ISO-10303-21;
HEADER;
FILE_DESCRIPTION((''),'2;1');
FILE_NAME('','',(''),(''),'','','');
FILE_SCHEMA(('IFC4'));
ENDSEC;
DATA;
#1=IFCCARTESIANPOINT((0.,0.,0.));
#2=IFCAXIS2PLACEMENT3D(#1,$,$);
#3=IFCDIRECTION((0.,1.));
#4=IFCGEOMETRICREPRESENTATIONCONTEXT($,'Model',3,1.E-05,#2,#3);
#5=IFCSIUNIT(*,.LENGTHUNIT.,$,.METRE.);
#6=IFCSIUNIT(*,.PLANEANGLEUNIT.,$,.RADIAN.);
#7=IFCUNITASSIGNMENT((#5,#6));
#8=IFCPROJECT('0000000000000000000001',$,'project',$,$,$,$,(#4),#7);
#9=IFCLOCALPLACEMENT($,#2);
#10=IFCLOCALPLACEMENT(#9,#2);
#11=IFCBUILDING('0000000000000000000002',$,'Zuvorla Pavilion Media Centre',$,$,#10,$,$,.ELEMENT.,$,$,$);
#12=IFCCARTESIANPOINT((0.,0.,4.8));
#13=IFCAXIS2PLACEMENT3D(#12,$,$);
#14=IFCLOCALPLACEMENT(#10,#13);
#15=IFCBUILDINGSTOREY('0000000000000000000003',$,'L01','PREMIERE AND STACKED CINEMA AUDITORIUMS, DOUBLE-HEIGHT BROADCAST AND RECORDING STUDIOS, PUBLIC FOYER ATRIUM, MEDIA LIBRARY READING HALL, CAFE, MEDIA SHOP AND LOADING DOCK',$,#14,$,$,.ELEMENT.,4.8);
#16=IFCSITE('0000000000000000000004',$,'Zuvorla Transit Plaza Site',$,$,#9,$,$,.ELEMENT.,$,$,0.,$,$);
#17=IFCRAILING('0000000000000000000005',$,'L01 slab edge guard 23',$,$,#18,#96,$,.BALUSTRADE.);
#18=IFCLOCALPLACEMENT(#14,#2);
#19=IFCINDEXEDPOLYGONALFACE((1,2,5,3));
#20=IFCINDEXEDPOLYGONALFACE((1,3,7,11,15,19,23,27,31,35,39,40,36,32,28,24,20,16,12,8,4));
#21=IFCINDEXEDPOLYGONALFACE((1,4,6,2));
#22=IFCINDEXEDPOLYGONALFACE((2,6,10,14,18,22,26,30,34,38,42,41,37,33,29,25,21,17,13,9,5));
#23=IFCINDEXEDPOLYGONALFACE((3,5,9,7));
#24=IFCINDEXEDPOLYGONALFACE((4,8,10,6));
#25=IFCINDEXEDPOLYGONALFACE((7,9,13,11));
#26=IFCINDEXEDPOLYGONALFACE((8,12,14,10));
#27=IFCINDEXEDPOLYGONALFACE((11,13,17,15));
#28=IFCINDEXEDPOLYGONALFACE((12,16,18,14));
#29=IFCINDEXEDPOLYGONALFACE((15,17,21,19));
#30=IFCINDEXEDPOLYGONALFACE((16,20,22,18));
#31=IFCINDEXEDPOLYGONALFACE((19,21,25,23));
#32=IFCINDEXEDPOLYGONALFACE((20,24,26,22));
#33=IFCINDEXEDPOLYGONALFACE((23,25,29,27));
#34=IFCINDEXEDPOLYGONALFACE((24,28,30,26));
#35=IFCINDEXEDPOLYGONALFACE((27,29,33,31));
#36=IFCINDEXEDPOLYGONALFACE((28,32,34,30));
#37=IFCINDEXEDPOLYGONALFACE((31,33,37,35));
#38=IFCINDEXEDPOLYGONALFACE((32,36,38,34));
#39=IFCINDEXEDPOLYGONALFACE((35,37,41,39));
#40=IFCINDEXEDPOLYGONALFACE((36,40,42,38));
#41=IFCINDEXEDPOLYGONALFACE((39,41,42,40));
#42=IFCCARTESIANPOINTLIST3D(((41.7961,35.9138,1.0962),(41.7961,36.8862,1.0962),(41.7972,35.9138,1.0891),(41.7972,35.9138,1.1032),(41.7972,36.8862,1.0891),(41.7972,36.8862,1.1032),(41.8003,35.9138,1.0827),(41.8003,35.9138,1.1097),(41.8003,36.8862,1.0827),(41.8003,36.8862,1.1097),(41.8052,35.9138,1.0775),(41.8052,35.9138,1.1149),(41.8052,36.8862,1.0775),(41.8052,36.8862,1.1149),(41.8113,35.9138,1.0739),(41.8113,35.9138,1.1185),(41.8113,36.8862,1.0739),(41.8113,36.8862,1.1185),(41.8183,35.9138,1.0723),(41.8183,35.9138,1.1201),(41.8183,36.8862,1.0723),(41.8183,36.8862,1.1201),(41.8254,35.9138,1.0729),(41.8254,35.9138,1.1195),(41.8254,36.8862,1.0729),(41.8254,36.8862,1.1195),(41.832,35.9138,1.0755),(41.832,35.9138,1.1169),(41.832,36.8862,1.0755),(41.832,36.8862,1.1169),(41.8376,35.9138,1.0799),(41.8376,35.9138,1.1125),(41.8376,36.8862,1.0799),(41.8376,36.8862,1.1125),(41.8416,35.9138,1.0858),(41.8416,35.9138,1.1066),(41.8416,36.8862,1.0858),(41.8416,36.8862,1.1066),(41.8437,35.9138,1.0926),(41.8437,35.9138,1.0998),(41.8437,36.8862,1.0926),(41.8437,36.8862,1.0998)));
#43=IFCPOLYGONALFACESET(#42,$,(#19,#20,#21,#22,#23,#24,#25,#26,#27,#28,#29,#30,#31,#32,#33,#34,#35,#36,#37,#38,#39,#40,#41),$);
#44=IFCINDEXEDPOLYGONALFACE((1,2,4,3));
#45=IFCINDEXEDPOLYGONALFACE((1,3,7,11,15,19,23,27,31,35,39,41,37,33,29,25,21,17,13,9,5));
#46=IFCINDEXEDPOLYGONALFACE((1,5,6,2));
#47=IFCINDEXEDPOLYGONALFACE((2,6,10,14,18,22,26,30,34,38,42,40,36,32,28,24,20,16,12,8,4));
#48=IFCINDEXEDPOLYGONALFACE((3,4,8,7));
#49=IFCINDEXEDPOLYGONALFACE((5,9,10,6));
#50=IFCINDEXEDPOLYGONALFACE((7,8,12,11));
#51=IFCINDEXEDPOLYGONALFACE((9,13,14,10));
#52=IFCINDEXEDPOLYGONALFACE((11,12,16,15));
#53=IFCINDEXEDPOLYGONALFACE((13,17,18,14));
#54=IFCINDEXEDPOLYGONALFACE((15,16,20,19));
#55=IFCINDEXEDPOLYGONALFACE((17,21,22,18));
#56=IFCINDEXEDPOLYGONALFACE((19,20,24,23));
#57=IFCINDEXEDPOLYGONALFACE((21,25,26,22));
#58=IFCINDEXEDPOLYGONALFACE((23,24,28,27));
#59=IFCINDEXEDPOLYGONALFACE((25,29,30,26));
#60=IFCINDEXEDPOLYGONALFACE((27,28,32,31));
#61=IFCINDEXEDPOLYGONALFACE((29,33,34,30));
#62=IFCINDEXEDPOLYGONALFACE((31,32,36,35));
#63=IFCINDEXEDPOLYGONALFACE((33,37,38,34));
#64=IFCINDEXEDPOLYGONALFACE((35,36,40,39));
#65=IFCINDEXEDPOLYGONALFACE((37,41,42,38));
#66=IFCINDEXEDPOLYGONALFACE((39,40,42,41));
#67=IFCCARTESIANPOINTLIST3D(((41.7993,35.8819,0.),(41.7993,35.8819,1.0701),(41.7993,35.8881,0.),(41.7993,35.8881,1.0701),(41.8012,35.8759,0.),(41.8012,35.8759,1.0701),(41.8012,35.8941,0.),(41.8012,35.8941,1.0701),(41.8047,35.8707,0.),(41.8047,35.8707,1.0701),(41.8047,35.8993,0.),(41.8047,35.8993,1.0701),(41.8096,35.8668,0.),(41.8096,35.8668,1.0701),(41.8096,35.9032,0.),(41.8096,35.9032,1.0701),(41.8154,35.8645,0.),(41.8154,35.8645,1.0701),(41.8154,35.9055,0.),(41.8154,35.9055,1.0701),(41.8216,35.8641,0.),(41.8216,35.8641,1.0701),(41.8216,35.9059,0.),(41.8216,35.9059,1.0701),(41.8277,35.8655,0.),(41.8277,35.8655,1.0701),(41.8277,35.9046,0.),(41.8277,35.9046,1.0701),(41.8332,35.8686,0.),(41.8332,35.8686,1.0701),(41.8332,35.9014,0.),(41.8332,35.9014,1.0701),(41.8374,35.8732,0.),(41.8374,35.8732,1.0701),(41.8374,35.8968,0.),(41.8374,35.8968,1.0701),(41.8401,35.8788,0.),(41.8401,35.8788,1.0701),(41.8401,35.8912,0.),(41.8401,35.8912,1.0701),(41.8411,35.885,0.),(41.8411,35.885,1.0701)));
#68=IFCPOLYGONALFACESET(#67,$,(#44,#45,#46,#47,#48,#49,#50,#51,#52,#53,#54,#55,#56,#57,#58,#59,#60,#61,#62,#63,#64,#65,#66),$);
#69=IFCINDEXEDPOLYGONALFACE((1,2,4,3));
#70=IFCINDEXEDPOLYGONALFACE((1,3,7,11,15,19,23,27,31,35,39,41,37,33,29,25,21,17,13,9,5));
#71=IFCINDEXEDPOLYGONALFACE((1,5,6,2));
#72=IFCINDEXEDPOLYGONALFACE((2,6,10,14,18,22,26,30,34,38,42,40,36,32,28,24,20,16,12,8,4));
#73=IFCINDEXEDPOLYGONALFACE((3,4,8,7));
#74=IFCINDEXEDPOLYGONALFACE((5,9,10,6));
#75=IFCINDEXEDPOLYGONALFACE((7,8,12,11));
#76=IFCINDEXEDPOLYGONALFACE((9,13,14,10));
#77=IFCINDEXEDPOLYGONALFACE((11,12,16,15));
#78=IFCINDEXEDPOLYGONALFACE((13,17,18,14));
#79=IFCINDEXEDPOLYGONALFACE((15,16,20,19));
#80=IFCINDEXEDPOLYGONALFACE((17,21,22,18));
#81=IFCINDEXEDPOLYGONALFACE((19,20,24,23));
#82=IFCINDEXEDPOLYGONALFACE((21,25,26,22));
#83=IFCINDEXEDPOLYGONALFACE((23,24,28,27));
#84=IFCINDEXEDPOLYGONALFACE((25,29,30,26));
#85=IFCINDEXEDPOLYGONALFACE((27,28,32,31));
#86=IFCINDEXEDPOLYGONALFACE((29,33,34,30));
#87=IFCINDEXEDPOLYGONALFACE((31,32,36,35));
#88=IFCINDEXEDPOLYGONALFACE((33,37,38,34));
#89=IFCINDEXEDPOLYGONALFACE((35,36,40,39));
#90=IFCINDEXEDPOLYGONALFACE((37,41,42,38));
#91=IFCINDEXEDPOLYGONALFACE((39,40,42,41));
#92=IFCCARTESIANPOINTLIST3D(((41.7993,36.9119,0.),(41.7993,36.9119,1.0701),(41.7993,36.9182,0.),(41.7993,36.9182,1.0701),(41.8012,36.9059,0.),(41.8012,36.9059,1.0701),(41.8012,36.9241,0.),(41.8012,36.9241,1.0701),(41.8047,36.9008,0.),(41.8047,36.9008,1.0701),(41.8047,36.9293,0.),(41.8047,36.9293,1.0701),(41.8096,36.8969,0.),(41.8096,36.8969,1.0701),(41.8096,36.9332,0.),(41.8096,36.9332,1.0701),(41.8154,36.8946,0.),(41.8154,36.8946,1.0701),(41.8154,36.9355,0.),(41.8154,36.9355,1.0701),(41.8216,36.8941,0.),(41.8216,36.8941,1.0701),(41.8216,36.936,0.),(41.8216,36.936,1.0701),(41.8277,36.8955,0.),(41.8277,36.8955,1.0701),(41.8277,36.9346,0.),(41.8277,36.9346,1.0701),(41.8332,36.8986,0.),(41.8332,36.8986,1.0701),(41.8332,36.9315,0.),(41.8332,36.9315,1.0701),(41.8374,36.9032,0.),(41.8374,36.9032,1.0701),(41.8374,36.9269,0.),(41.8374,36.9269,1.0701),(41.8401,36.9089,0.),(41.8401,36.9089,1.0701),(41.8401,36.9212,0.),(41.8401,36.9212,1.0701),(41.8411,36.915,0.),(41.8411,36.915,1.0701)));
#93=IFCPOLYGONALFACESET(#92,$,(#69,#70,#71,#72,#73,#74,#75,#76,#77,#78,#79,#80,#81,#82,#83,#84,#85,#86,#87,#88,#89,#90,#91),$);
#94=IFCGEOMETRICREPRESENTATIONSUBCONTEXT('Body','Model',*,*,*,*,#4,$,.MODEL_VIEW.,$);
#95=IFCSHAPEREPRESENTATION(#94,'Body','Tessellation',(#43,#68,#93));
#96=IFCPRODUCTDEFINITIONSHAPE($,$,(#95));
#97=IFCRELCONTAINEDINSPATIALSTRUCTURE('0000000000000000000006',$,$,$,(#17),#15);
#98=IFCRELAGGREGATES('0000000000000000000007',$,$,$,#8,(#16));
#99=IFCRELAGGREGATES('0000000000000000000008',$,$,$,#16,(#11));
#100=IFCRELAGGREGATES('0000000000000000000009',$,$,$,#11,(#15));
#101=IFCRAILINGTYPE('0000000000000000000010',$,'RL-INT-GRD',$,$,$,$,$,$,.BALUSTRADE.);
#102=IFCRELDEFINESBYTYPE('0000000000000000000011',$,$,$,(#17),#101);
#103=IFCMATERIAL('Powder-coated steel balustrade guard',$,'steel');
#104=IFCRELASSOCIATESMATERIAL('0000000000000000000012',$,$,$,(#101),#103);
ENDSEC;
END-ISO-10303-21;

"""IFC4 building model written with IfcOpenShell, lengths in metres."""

from ifc_helpers import new_model, si_unit, direction, frame, origin, origin_2d, place, context, subcontext, project, spatial, circle, extrude, material, type_object, element, save


model = new_model("IFC4")

# Units and contexts
model_context = context("Model", 3, precision=1e-05, world=origin(), true_north=direction((0.0, 1.0)))
body_context = subcontext(model_context, "Body", "Model", "MODEL_VIEW")
ifc_project = project(units=[si_unit("LENGTHUNIT", "METRE"), si_unit("PLANEANGLEUNIT", "RADIAN")], contexts=[model_context])

# Site, building, storey
site_placement = place(None, origin())
site = spatial("IfcSite", under=ifc_project, at=site_placement, Name="Zuvorla Transit Plaza Site", CompositionType="ELEMENT", RefElevation=0.0)
building_placement = place(site_placement, origin())
building = spatial("IfcBuilding", under=site, at=building_placement, Name="Zuvorla Pavilion Media Centre", CompositionType="ELEMENT")
storey_placement = place(building_placement, frame((0.0, 0.0, 4.8)))
storey = spatial("IfcBuildingStorey", under=building, at=storey_placement, Name="L01", Description="PREMIERE AND STACKED CINEMA AUDITORIUMS, DOUBLE-HEIGHT BROADCAST AND RECORDING STUDIOS, PUBLIC FOYER ATRIUM, MEDIA LIBRARY READING HALL, CAFE, MEDIA SHOP AND LOADING DOCK", CompositionType="ELEMENT", Elevation=4.8)

# Railing
ifc_material_1 = material(Name="Powder-coated steel balustrade guard", Category="steel")
railing_type_1 = type_object("IfcRailingType", Name="RL-INT-GRD", PredefinedType="BALUSTRADE", material=ifc_material_1)
railing_1_placement = place(storey_placement, frame((41.8201, 35.885, 0.0)))
element("IfcRailing", 1, at=railing_1_placement, inside=storey, type_object=railing_type_1, Name="L01 slab edge guard 23", PredefinedType="BALUSTRADE", context=body_context, shape_type="SweptSolid", body=[
    extrude(circle(Radius=0.0239, at=origin_2d()), frame((0.0, 0.0288, 1.0962), z_axis=(0.0, 1.0, 0.0), x_axis=(-1.0, 0.0, 0.0)), (0.0, 0.0, 1.0), 0.9724),
    extrude(circle(Radius=0.021, at=origin_2d()), origin(), (0.0, 0.0, 1.0), 1.0701),
    extrude(circle(Radius=0.021, at=origin_2d()), frame((0.0, 1.03, 0.0)), (0.0, 0.0, 1.0), 1.0701),
])

save(model, "model.ifc")
